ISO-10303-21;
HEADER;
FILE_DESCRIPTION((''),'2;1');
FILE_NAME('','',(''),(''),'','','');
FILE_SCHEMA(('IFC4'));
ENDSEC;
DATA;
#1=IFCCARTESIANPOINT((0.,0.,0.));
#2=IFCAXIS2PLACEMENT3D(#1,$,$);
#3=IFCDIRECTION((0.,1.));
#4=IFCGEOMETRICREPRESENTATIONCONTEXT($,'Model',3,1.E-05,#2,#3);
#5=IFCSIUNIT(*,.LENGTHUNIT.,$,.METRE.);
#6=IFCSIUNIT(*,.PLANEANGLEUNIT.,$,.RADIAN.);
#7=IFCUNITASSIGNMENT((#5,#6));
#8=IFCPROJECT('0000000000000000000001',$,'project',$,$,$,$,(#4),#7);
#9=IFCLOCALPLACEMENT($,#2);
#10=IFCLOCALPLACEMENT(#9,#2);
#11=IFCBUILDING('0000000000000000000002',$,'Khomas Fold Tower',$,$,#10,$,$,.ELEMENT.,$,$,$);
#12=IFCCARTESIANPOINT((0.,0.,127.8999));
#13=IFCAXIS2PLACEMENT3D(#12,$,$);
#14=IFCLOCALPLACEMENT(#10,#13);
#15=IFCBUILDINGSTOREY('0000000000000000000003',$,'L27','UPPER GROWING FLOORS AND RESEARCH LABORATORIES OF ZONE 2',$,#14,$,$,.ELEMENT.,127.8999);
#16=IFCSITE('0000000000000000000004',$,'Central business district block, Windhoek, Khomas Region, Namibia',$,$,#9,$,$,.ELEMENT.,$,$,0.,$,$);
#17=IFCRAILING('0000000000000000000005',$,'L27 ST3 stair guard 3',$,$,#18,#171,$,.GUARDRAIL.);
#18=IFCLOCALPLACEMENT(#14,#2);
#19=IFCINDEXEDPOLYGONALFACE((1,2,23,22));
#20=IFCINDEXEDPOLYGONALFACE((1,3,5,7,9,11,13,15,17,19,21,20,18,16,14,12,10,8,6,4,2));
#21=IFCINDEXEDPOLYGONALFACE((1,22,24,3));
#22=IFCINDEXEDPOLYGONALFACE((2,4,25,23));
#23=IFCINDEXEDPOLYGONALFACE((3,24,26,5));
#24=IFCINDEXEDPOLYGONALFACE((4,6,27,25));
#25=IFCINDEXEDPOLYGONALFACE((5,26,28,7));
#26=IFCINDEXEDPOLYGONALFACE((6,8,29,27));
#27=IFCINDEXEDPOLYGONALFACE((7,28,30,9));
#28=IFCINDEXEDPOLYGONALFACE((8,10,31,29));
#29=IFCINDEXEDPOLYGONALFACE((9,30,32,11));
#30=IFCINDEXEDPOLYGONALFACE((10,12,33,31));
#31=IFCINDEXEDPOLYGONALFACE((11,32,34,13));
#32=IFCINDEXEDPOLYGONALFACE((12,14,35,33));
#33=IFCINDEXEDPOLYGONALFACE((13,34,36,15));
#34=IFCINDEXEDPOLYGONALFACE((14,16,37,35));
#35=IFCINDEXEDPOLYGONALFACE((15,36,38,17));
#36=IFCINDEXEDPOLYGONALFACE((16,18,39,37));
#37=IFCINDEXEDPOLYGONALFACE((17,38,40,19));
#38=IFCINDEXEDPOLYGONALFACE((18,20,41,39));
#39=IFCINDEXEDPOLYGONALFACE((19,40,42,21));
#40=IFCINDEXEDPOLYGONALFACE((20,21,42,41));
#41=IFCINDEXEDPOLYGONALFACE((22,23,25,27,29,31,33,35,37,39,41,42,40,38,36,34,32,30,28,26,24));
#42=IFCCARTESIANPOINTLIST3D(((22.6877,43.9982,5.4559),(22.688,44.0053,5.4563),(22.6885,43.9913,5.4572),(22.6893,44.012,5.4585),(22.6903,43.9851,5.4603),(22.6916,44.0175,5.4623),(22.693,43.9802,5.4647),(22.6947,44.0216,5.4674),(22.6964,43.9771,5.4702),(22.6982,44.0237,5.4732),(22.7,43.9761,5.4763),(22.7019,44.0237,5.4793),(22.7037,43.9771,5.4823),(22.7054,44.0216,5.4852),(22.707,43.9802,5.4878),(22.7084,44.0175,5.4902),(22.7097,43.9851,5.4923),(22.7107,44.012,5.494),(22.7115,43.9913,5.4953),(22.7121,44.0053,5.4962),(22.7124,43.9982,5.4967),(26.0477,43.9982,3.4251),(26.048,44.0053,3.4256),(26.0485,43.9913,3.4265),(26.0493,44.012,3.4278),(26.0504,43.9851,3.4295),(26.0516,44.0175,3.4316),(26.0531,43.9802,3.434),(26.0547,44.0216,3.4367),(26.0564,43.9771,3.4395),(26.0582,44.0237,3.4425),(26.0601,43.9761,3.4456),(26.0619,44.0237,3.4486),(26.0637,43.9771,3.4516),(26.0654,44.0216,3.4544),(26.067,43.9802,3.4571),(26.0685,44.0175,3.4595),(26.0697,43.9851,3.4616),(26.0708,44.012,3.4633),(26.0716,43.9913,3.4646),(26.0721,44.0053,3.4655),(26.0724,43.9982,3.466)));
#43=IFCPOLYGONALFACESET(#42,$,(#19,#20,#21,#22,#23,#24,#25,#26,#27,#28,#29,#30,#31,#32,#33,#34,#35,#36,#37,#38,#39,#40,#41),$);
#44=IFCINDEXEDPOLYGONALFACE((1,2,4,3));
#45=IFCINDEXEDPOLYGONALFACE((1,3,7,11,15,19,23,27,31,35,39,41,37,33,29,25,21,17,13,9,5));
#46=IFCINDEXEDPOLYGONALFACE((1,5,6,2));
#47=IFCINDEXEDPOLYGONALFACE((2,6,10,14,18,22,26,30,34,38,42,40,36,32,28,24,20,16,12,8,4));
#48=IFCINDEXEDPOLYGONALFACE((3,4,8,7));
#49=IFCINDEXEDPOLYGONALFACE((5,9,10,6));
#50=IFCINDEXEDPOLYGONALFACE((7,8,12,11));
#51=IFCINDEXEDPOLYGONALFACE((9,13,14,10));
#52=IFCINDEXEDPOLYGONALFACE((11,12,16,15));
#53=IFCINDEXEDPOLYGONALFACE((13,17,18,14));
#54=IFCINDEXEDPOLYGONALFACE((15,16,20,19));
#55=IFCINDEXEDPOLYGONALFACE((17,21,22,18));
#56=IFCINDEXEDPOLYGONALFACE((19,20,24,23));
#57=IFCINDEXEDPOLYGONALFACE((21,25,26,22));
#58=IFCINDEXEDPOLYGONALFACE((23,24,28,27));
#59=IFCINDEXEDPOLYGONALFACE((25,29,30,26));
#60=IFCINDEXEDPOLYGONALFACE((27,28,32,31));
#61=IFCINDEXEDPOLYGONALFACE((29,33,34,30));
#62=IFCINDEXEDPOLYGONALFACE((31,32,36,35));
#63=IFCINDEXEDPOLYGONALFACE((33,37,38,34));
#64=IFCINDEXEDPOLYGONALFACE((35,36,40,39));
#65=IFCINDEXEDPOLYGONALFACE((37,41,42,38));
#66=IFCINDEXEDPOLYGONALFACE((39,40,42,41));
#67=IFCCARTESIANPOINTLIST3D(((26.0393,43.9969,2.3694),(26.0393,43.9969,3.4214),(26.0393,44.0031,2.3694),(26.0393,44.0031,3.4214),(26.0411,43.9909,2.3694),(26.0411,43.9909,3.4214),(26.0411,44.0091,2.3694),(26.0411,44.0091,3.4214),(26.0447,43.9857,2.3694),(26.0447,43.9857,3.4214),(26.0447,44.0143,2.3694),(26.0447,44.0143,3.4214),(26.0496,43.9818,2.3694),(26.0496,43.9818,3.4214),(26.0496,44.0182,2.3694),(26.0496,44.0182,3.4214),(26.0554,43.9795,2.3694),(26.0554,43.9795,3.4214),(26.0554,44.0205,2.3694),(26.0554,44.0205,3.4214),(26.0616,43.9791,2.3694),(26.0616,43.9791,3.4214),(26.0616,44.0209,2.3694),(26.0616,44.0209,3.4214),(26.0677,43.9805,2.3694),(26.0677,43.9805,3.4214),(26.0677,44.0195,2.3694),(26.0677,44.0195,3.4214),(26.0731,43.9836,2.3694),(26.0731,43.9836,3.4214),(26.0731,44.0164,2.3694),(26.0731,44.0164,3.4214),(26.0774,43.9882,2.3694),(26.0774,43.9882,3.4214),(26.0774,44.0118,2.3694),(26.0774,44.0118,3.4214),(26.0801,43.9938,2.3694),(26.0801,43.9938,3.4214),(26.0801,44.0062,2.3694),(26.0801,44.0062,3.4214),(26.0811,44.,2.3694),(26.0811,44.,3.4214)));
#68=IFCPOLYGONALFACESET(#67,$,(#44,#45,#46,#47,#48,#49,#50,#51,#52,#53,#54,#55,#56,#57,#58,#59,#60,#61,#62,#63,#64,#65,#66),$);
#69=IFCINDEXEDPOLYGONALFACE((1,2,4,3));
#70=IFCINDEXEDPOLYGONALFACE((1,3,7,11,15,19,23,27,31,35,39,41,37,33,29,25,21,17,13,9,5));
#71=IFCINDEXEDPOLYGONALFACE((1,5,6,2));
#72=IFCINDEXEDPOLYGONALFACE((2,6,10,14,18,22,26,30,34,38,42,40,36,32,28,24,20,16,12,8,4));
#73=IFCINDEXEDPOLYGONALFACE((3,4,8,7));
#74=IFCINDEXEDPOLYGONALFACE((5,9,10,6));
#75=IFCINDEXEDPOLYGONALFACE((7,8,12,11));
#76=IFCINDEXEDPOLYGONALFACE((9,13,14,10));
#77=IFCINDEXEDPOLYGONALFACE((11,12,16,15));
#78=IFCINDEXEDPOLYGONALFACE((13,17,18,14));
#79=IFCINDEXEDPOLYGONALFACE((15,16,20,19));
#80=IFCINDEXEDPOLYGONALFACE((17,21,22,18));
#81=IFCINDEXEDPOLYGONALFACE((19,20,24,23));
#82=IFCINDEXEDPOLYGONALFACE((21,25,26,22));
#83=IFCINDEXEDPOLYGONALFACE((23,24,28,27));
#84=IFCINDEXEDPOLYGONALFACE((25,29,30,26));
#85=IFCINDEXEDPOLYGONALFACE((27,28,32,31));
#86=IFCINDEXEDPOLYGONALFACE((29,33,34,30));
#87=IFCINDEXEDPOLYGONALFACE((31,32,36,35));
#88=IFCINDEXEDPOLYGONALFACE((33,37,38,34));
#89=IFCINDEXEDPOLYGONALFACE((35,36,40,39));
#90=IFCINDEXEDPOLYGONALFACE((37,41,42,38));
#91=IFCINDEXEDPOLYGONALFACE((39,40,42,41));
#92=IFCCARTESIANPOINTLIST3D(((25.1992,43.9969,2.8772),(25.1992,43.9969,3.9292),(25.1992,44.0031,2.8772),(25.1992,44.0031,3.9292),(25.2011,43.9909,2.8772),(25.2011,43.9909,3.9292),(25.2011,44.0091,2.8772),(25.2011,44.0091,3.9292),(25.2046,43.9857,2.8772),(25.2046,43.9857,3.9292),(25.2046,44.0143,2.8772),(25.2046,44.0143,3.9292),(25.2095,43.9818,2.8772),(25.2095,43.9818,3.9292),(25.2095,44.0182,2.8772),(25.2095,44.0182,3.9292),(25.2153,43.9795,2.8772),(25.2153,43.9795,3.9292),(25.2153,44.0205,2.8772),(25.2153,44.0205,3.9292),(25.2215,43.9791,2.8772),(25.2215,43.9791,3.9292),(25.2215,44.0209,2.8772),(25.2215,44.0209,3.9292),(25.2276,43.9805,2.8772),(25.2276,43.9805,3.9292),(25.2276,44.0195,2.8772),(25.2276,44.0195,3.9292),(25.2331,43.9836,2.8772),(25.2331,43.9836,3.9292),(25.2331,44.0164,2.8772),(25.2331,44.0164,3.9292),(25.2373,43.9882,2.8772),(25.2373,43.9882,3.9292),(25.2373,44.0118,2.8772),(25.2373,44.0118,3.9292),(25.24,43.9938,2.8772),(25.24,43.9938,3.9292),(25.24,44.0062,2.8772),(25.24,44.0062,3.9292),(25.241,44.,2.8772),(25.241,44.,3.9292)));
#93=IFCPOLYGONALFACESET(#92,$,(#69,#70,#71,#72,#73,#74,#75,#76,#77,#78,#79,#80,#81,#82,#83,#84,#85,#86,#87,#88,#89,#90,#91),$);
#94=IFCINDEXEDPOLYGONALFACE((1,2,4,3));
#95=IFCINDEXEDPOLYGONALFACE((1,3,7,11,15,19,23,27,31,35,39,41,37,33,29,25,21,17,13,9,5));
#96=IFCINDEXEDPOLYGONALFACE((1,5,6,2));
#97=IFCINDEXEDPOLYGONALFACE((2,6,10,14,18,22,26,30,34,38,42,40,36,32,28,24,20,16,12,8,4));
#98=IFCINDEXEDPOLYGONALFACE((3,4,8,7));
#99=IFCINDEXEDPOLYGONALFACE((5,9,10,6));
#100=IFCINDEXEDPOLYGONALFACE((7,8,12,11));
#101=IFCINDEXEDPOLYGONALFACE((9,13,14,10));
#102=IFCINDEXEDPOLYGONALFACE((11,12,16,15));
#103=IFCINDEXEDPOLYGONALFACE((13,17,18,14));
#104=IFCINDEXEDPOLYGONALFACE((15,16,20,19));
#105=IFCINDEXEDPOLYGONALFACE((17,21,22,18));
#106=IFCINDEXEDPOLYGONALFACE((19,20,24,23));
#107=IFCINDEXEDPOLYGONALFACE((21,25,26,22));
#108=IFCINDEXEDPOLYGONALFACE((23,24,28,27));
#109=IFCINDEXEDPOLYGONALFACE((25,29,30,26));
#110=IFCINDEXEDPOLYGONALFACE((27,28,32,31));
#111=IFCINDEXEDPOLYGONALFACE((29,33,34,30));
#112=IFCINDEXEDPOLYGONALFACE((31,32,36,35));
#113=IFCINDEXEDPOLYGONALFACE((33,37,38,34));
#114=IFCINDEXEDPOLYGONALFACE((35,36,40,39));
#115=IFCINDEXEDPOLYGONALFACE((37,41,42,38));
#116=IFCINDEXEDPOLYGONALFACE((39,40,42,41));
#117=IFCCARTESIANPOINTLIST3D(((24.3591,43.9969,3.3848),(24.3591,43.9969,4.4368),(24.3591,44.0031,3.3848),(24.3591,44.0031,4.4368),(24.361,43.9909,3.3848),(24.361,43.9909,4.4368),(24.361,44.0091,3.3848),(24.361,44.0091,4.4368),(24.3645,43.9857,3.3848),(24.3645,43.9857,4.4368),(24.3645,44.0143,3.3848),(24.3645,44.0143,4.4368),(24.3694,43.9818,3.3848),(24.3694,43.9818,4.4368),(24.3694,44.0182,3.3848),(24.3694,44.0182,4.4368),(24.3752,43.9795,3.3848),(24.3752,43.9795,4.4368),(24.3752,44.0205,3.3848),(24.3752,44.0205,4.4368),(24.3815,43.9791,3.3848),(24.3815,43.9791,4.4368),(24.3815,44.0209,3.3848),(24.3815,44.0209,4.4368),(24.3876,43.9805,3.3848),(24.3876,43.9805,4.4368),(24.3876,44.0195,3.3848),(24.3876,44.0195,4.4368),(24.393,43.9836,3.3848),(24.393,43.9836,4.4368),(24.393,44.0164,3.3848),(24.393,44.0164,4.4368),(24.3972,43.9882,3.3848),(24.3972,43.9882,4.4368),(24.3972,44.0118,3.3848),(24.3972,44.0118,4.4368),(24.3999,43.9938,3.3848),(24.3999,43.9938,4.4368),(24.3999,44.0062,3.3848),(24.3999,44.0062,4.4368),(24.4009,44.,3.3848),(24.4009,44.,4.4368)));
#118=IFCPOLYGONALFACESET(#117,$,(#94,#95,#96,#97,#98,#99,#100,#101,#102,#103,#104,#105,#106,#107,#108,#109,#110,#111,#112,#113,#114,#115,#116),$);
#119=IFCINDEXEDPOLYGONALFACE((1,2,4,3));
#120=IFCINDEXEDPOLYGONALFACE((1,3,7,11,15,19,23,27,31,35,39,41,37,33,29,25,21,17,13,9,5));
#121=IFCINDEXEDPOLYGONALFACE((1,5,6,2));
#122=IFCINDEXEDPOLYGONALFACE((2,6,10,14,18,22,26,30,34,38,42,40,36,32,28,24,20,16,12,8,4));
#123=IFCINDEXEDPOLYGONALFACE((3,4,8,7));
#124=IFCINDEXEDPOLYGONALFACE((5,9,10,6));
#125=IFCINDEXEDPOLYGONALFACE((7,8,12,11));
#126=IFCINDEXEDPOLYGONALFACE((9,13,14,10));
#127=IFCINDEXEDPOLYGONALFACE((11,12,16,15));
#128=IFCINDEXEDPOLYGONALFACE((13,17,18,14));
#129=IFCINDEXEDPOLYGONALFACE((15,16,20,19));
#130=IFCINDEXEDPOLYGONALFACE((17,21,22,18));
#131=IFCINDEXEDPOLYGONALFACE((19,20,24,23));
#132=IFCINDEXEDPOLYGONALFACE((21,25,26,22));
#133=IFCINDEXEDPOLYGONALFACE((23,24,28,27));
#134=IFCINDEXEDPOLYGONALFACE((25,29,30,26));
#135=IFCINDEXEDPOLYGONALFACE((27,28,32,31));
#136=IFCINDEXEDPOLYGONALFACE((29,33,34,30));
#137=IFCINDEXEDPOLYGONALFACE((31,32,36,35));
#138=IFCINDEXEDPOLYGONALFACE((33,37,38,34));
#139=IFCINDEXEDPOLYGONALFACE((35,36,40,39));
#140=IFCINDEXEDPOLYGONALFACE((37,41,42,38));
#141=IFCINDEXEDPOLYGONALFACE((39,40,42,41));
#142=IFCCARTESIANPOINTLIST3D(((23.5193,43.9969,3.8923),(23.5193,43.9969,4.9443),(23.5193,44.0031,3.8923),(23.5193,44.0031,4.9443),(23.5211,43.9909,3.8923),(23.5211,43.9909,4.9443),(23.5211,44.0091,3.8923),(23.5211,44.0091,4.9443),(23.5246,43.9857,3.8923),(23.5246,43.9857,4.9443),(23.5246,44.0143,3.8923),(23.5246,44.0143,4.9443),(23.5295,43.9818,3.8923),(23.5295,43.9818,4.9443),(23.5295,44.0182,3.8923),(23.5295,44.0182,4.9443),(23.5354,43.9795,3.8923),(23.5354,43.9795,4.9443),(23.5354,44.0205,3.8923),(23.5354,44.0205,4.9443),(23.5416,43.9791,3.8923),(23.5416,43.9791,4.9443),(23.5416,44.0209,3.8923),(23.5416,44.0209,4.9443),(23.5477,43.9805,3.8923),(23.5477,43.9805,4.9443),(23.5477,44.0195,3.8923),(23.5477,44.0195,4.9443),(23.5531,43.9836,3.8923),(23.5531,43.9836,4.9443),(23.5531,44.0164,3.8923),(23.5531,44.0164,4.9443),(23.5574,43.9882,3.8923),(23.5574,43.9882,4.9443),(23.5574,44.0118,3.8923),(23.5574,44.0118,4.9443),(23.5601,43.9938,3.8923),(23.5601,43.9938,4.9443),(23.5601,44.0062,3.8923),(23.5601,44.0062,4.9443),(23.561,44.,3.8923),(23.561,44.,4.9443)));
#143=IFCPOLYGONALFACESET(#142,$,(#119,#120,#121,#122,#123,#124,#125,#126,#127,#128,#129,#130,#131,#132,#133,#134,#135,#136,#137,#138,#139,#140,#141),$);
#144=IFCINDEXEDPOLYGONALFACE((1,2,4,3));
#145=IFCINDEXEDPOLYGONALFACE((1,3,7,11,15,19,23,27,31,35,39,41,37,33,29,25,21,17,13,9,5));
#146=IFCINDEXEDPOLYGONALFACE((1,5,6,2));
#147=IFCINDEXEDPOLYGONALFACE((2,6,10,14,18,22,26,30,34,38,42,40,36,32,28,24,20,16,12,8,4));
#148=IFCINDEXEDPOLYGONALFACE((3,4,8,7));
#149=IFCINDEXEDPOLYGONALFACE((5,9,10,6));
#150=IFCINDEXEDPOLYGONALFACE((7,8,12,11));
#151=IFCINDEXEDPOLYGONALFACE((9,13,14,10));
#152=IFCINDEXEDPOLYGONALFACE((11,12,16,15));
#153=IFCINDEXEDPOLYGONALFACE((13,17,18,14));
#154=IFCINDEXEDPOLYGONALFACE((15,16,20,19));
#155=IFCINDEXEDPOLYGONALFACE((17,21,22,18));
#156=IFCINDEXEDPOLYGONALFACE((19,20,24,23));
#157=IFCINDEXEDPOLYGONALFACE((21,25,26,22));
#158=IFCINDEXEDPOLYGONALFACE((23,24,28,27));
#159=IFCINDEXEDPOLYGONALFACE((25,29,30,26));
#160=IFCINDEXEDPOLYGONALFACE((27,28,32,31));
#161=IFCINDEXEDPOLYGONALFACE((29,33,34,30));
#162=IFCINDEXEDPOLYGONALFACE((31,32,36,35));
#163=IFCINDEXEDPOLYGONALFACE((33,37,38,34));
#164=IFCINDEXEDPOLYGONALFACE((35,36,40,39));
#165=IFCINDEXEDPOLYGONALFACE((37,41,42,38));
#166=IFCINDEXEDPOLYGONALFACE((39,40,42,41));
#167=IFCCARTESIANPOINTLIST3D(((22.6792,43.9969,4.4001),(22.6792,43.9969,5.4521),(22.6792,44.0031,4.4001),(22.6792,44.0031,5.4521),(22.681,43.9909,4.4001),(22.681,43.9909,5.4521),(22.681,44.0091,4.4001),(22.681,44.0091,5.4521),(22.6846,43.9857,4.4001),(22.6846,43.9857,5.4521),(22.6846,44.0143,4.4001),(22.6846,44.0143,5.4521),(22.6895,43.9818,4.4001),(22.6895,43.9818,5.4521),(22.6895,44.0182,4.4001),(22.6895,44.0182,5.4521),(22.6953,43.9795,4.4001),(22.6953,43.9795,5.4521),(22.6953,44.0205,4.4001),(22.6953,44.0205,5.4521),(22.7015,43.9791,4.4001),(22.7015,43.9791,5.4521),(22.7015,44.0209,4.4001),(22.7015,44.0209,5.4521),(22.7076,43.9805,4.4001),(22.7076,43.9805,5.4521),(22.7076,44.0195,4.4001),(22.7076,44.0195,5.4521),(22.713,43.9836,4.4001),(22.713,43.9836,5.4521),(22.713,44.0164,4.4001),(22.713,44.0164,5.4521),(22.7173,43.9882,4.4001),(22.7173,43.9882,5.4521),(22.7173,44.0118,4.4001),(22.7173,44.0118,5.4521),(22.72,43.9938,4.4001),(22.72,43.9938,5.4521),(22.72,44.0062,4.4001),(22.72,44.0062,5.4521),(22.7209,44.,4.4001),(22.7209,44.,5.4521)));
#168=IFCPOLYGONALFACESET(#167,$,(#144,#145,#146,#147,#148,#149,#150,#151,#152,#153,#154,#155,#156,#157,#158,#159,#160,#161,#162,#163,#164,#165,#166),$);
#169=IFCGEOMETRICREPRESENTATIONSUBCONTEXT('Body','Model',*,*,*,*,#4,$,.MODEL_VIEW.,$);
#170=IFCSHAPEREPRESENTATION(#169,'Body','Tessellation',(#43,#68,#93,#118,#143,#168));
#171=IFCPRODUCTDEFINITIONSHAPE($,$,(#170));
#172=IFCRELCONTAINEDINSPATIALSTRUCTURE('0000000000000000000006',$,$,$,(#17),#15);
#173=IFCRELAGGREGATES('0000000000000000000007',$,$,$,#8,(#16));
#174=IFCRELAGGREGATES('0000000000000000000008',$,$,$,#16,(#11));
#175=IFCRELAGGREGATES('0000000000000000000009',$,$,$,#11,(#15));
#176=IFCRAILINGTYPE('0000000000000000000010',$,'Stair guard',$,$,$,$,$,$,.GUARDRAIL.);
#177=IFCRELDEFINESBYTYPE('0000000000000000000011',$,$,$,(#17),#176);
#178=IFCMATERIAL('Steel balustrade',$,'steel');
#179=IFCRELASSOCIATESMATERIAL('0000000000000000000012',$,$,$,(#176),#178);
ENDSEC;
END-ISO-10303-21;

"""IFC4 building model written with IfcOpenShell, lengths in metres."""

from ifc_helpers import new_model, si_unit, direction, frame, origin, origin_2d, place, context, subcontext, project, spatial, circle, extrude, source, transform, mapped, material, type_object, element, save


model = new_model("IFC4")

# Units and contexts
model_context = context("Model", 3, precision=1e-05, world=origin(), true_north=direction((0.0, 1.0)))
body_context = subcontext(model_context, "Body", "Model", "MODEL_VIEW")
ifc_project = project(units=[si_unit("LENGTHUNIT", "METRE"), si_unit("PLANEANGLEUNIT", "RADIAN")], contexts=[model_context])

# Site, building, storey
site_placement = place(None, origin())
site = spatial("IfcSite", under=ifc_project, at=site_placement, Name="Central business district block, Windhoek, Khomas Region, Namibia", CompositionType="ELEMENT", RefElevation=0.0)
building_placement = place(site_placement, origin())
building = spatial("IfcBuilding", under=site, at=building_placement, Name="Khomas Fold Tower", CompositionType="ELEMENT")
storey_placement = place(building_placement, frame((0.0, 0.0, 127.8999)))
storey = spatial("IfcBuildingStorey", under=building, at=storey_placement, Name="L27", Description="UPPER GROWING FLOORS AND RESEARCH LABORATORIES OF ZONE 2", CompositionType="ELEMENT", Elevation=127.8999)

# Railing
ifc_material_1 = material(Name="Steel balustrade", Category="steel")
railing_type_1 = type_object("IfcRailingType", Name="Stair guard", PredefinedType="GUARDRAIL", material=ifc_material_1)
shared_shape_1 = source(origin(), body_context, "Body", "SweptSolid", [
    extrude(circle(Radius=0.0239, at=origin_2d()), frame((0.0, 0.0, 1.0762), z_axis=(-0.855837, 0.0, 0.517246), x_axis=(0.0, -1.0, 0.0)), (0.0, 0.0, 1.0), 3.926),
    extrude(circle(Radius=0.021, at=origin_2d()), origin(), (0.0, 0.0, 1.0), 1.052),
    extrude(circle(Radius=0.021, at=origin_2d()), frame((-0.8401, 0.0, 0.5078)), (0.0, 0.0, 1.0), 1.052),
    extrude(circle(Radius=0.021, at=origin_2d()), frame((-1.6802, 0.0, 1.0154)), (0.0, 0.0, 1.0), 1.052),
    extrude(circle(Radius=0.021, at=origin_2d()), frame((-2.52, 0.0, 1.5229)), (0.0, 0.0, 1.0), 1.052),
    extrude(circle(Radius=0.021, at=origin_2d()), frame((-3.3601, 0.0, 2.0308)), (0.0, 0.0, 1.0), 1.052),
])
railing_1_placement = place(storey_placement, frame((26.0601, 44.0, 2.3694)))
element("IfcRailing", 1, at=railing_1_placement, inside=storey, type_object=railing_type_1, Name="L27 ST3 stair guard 3", PredefinedType="GUARDRAIL", context=body_context, shape_type="MappedRepresentation", body=[
    mapped(shared_shape_1, transform((0.0, 0.0, 0.0))),
])

save(model, "model.ifc")
